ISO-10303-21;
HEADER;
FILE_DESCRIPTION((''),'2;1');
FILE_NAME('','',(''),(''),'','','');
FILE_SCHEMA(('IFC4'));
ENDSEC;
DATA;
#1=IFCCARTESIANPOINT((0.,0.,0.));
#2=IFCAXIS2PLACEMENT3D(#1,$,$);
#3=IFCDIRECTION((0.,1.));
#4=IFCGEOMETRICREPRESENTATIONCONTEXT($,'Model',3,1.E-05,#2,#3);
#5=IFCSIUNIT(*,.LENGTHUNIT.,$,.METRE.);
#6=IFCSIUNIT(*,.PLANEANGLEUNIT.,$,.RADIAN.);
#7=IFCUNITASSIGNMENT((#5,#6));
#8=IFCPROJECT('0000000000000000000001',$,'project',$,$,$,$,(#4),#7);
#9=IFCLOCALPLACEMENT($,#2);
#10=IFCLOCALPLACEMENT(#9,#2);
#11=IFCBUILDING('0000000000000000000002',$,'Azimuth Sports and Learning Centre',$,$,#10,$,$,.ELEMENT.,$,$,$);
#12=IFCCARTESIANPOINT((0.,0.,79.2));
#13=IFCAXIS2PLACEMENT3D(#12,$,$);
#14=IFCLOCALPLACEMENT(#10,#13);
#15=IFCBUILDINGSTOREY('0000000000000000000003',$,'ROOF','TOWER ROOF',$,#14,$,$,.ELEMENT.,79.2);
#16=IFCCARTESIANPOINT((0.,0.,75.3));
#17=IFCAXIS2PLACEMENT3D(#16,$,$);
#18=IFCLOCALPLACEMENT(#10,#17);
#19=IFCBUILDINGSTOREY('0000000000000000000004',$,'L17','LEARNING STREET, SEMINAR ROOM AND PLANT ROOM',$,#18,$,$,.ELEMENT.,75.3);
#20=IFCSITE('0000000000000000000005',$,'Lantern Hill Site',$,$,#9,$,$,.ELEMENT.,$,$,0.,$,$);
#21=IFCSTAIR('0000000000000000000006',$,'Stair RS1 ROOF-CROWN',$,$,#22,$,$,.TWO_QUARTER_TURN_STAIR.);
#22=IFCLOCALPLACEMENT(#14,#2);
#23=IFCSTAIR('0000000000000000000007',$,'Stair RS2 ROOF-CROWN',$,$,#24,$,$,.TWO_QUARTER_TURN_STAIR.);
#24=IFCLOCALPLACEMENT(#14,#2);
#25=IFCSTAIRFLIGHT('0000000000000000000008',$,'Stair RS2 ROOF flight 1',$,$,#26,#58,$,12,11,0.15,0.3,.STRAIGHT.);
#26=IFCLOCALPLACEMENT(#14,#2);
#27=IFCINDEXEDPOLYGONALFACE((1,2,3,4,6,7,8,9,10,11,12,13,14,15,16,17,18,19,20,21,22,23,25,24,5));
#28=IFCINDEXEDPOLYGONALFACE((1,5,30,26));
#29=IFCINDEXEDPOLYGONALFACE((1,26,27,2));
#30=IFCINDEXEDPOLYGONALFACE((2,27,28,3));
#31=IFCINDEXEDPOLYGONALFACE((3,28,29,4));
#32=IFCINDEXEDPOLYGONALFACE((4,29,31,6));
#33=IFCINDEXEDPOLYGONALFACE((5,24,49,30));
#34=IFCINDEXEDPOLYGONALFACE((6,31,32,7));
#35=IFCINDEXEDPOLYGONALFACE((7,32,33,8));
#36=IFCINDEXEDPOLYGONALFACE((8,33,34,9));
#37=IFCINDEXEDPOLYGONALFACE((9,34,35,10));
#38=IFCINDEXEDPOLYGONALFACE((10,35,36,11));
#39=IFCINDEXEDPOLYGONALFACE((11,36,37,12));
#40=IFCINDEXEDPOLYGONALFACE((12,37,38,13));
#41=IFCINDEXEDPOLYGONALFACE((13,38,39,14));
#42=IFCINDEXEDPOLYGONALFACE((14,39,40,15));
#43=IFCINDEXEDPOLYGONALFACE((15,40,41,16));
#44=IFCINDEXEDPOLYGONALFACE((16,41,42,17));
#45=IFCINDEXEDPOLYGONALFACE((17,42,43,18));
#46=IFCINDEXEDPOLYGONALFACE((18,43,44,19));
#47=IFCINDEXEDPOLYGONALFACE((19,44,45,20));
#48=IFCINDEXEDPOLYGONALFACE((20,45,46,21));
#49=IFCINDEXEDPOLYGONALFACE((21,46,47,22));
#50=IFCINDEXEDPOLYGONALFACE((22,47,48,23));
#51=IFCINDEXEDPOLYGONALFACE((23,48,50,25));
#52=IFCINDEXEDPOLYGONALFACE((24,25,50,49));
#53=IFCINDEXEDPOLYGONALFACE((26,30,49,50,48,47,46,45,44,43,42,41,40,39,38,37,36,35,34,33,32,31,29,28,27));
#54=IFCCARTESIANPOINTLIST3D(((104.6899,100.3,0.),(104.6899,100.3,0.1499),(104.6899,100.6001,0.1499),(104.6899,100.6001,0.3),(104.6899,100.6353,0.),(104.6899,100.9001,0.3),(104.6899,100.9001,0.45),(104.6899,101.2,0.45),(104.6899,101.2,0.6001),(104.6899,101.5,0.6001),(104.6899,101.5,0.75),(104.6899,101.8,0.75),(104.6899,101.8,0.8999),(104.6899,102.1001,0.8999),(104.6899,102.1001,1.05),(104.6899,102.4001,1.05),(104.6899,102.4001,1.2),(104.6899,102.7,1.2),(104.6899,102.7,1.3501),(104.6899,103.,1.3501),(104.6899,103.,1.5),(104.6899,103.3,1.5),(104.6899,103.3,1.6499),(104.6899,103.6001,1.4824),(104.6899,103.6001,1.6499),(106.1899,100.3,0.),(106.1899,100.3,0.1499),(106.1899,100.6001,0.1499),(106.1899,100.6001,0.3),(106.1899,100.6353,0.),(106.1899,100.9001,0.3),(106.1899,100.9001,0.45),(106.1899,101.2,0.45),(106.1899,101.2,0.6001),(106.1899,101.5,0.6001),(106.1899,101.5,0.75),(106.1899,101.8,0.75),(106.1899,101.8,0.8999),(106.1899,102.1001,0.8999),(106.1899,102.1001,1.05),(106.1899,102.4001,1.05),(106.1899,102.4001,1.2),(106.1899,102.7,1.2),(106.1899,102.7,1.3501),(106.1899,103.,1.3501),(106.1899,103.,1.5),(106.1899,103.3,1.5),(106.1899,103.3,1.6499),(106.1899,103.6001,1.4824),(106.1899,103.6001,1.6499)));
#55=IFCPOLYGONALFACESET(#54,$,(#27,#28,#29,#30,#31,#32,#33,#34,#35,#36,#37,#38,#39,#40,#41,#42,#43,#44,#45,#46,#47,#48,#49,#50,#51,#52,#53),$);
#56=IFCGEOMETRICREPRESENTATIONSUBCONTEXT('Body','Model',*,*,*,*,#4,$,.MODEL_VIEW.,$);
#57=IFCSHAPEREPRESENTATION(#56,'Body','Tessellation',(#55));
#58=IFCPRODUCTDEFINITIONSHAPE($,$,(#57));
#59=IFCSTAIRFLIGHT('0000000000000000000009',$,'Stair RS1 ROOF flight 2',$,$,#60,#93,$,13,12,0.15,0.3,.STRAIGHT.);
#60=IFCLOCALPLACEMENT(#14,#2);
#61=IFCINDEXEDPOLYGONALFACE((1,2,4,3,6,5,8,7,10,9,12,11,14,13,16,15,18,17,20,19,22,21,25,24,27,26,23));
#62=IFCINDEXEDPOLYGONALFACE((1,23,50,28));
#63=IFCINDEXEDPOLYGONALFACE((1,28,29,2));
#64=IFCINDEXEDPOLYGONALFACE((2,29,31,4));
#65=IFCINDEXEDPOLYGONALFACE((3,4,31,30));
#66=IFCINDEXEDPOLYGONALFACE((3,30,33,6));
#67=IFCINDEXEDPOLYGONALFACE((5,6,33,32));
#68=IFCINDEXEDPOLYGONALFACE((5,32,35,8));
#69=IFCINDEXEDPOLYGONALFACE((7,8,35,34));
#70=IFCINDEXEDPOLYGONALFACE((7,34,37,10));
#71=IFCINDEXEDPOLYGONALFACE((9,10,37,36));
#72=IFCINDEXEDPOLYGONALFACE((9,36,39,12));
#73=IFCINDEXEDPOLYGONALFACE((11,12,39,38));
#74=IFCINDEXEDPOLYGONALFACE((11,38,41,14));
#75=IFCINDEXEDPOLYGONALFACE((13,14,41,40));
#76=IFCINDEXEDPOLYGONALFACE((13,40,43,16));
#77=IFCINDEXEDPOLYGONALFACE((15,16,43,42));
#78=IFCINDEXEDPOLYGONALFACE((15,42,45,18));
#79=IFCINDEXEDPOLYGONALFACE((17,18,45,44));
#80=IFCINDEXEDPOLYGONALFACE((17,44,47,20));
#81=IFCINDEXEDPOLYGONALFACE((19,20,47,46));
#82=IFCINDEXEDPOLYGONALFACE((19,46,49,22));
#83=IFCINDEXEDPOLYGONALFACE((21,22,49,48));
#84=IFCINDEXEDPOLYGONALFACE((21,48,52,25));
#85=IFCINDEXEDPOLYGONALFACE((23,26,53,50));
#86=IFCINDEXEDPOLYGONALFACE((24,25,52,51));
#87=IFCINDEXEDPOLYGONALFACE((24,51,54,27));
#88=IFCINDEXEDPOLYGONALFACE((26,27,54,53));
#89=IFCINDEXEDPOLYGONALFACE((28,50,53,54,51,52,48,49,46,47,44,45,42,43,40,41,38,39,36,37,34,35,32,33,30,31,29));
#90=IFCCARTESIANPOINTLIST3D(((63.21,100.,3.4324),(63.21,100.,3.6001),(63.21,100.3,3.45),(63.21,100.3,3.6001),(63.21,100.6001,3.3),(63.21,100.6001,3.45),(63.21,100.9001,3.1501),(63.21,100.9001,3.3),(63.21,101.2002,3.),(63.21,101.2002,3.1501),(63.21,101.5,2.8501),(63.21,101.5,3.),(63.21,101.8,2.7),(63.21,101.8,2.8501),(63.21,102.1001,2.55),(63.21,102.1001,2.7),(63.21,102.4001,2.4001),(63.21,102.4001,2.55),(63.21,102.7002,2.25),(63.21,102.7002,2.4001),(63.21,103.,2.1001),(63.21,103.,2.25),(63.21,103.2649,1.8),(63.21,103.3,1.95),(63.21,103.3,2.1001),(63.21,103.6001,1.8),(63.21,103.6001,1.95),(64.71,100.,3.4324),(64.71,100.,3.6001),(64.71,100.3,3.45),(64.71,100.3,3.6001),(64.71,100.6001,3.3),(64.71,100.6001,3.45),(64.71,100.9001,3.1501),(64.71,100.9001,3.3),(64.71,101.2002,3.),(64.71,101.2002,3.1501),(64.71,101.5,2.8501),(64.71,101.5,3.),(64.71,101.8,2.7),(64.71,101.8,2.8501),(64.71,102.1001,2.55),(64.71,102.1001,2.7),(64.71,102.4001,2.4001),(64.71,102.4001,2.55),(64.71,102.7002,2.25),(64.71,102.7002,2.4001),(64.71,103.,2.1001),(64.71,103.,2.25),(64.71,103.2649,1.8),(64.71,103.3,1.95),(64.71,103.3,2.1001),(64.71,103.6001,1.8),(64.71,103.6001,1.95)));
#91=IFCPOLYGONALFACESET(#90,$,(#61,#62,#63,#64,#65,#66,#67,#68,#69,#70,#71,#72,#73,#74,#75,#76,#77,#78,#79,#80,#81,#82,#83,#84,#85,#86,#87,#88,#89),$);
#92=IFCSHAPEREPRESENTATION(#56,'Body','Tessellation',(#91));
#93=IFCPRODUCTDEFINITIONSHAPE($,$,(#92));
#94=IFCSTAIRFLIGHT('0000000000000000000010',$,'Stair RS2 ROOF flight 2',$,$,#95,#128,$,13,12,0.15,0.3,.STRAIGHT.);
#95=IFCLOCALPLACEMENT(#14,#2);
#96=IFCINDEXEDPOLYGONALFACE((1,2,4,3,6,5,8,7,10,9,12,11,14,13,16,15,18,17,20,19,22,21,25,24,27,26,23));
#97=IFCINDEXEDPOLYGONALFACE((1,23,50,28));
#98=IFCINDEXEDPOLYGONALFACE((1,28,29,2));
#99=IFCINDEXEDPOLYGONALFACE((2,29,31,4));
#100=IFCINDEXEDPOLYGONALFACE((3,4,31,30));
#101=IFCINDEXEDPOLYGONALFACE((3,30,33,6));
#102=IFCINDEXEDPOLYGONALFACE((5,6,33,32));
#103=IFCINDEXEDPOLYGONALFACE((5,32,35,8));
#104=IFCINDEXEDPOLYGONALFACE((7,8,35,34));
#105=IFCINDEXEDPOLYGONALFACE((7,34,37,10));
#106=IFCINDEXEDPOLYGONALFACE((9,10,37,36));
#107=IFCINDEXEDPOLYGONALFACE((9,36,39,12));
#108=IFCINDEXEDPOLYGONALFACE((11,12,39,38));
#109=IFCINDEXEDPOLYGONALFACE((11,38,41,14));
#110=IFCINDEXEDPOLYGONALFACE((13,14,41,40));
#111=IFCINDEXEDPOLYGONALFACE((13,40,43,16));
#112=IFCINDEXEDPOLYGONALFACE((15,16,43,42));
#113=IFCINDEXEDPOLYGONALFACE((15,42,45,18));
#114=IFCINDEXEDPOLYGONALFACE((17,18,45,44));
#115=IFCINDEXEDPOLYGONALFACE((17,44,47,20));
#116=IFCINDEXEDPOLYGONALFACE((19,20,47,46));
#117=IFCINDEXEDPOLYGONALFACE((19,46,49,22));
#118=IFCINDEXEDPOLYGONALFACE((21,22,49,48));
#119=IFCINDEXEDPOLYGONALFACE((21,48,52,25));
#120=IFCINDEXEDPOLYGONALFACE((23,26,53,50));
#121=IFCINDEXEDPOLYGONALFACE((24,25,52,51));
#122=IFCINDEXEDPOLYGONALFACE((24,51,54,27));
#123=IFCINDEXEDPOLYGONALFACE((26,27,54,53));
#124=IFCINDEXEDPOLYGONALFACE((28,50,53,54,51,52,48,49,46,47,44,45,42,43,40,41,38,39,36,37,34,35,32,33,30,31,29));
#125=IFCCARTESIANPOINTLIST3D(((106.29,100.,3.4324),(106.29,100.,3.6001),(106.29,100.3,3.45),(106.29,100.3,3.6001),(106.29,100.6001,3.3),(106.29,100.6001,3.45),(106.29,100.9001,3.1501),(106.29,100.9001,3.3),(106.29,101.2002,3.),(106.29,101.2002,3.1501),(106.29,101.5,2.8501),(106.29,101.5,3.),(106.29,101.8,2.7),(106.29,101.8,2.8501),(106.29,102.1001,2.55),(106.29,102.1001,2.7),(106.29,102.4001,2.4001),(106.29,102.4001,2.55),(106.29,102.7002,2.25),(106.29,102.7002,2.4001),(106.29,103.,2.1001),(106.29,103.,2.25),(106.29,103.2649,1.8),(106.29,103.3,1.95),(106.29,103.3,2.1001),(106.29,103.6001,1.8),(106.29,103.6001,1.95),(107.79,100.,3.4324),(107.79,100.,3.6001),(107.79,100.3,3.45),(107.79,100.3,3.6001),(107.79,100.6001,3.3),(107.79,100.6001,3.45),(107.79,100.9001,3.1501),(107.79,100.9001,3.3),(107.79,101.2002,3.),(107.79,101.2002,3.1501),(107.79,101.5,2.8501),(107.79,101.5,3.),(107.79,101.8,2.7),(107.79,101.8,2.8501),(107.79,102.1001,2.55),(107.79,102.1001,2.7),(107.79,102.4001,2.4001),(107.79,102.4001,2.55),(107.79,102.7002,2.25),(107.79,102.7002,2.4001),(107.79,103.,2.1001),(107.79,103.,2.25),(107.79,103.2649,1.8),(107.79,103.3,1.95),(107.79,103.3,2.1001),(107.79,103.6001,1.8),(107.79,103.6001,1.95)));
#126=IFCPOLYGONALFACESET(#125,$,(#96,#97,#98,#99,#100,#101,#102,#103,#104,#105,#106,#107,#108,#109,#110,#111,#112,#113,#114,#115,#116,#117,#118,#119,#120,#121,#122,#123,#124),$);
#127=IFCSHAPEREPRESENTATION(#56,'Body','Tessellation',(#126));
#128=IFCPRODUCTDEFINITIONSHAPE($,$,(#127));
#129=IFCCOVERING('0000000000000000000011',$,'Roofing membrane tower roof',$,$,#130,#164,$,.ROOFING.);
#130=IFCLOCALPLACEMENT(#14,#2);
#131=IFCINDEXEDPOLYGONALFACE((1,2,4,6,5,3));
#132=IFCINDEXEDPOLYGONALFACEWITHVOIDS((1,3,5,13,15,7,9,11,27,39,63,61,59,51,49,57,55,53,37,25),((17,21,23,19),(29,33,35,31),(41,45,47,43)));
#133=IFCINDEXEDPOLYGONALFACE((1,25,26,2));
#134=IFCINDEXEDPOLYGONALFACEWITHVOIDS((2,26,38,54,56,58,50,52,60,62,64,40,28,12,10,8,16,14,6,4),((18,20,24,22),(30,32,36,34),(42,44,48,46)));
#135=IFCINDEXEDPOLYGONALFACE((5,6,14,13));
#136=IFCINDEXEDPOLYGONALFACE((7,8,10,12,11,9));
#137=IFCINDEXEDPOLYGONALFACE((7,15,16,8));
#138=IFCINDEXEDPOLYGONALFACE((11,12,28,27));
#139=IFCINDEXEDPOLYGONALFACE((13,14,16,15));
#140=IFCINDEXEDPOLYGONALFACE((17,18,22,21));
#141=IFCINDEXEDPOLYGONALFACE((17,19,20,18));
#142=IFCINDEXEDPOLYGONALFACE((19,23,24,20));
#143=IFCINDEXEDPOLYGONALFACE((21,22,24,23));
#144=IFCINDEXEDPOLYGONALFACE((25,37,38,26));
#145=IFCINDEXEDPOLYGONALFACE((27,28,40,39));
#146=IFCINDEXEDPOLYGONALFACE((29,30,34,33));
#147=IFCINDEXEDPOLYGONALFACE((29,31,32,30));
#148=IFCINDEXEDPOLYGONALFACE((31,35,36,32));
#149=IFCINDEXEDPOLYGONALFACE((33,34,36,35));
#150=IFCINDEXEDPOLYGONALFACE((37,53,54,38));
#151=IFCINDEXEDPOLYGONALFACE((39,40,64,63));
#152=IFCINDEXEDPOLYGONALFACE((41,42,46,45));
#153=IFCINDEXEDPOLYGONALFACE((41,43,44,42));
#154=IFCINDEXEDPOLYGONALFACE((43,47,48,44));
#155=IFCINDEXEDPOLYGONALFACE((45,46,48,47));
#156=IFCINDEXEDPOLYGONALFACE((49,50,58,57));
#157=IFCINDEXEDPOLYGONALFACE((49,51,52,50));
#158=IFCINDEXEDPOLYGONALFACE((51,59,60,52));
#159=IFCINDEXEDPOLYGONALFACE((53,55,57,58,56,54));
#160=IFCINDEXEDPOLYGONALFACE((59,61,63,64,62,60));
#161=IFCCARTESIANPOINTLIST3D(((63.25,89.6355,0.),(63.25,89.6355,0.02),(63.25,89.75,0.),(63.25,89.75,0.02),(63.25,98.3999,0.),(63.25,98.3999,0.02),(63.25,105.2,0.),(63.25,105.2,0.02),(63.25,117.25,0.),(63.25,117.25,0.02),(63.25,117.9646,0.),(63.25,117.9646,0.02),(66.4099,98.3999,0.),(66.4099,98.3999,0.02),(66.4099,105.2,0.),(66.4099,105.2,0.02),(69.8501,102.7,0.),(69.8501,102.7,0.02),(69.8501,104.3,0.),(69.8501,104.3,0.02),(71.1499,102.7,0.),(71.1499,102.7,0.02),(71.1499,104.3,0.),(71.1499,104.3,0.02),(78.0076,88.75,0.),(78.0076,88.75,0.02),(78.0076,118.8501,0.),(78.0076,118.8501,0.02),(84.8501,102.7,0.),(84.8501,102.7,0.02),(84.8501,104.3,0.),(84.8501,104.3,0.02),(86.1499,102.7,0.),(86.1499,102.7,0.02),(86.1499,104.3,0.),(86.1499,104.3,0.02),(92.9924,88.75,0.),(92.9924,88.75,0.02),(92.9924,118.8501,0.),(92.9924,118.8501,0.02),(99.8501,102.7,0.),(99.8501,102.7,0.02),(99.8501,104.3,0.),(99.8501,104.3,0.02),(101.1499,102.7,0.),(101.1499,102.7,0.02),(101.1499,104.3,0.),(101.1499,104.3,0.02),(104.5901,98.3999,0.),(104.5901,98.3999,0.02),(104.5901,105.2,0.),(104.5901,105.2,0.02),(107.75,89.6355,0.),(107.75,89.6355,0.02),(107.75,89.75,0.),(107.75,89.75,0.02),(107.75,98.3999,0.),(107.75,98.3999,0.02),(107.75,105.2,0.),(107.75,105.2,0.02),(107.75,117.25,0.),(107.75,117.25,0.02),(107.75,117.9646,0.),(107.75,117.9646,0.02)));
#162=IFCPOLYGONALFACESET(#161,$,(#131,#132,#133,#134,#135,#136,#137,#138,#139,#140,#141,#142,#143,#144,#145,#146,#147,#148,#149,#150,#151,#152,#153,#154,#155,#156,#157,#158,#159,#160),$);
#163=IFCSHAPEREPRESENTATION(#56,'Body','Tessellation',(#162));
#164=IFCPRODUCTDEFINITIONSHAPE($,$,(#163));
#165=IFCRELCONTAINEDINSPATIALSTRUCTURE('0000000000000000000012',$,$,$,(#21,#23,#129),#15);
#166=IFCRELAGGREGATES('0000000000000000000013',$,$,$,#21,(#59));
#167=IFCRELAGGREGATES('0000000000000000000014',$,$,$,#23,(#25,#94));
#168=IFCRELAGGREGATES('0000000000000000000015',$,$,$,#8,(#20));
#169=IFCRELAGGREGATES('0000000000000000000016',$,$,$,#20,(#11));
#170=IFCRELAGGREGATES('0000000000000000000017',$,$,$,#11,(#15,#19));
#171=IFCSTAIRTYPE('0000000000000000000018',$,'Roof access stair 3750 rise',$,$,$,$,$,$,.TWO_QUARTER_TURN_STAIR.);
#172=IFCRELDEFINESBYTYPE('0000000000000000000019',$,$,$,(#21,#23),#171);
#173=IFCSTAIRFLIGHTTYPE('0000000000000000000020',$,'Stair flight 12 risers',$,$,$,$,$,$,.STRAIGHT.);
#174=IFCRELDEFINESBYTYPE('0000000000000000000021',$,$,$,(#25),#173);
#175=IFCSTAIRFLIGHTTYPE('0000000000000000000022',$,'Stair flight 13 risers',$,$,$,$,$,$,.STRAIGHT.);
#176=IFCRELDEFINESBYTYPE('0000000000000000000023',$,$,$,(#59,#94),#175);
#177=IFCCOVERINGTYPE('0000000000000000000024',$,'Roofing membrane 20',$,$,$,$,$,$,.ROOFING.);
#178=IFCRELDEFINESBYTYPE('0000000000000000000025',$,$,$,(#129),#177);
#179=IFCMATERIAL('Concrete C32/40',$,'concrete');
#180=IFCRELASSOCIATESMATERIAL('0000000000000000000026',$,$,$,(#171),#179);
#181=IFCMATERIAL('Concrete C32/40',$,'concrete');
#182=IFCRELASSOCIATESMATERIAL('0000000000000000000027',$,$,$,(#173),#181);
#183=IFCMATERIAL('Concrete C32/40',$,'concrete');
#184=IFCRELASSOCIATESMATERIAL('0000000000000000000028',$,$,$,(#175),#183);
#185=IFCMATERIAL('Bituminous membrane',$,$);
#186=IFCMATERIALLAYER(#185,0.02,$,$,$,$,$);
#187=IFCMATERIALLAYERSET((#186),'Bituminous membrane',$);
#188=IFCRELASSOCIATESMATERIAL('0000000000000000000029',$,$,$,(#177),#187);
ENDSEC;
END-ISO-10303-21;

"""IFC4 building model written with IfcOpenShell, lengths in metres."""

from ifc_helpers import new_model, si_unit, direction, frame, origin, place, context, subcontext, project, spatial, polyline, outline, extrude, material, layer, layer_set, type_object, element, aggregate, save


model = new_model("IFC4")

# Units and contexts
model_context = context("Model", 3, precision=1e-05, world=origin(), true_north=direction((0.0, 1.0)))
body_context = subcontext(model_context, "Body", "Model", "MODEL_VIEW")
ifc_project = project(units=[si_unit("LENGTHUNIT", "METRE"), si_unit("PLANEANGLEUNIT", "RADIAN")], contexts=[model_context])

# Site, building, storey
site_placement = place(None, origin())
site = spatial("IfcSite", under=ifc_project, at=site_placement, Name="Lantern Hill Site", CompositionType="ELEMENT", RefElevation=0.0)
building_placement = place(site_placement, origin())
building = spatial("IfcBuilding", under=site, at=building_placement, Name="Azimuth Sports and Learning Centre", CompositionType="ELEMENT")
storey_1_placement = place(building_placement, frame((0.0, 0.0, 79.2)))
storey_1 = spatial("IfcBuildingStorey", under=building, at=storey_1_placement, Name="ROOF", Description="TOWER ROOF", CompositionType="ELEMENT", Elevation=79.2)

# Stairs
ifc_material_1 = material(Name="Concrete C32/40", Category="concrete")
stair_type = type_object("IfcStairType", Name="Roof access stair 3750 rise", PredefinedType="TWO_QUARTER_TURN_STAIR", material=ifc_material_1)
stair_1_placement = place(storey_1_placement, origin())
stair_1 = element("IfcStair", 1, at=stair_1_placement, inside=storey_1, type_object=stair_type, Name="Stair RS1 ROOF-CROWN", PredefinedType="TWO_QUARTER_TURN_STAIR")
stair_2_placement = place(storey_1_placement, origin())
stair_2 = element("IfcStair", 2, at=stair_2_placement, inside=storey_1, type_object=stair_type, Name="Stair RS2 ROOF-CROWN", PredefinedType="TWO_QUARTER_TURN_STAIR")

# Shared definitions
storey_2_placement = place(building_placement, frame((0.0, 0.0, 75.3)))
storey_2 = spatial("IfcBuildingStorey", under=building, at=storey_2_placement, Name="L17", Description="LEARNING STREET, SEMINAR ROOM AND PLANT ROOM", CompositionType="ELEMENT", Elevation=75.3)

# Stair flights
ifc_material_2 = material(Name="Concrete C32/40", Category="concrete")
stair_flight_type_1 = type_object("IfcStairFlightType", Name="Stair flight 12 risers", PredefinedType="STRAIGHT", material=ifc_material_2)
stair_flight_1_placement = place(storey_1_placement, frame((105.4399, 100.3, 0.0), z_axis=(0.0, 0.0, 1.0), x_axis=(0.0, 1.0, 0.0)))
stair_flight_1 = element("IfcStairFlight", 3, at=stair_flight_1_placement, type_object=stair_flight_type_1, Name="Stair RS2 ROOF flight 1", NumberOfRisers=12, NumberOfTreads=11, PredefinedType="STRAIGHT", RiserHeight=0.15, TreadLength=0.3, context=body_context, shape_type="SweptSolid", body=[
    extrude(outline(polyline([(0.0, 0.0), (0.0, 0.1499), (0.3, 0.1499), (0.3, 0.3), (0.6001, 0.3), (0.6001, 0.45), (0.8999, 0.45), (0.8999, 0.6001), (1.2, 0.6001), (1.2, 0.75), (1.5, 0.75), (1.5, 0.8999), (1.8, 0.8999), (1.8, 1.05), (2.1001, 1.05), (2.1001, 1.2), (2.3999, 1.2), (2.3999, 1.3501), (2.7, 1.3501), (2.7, 1.5), (3.0, 1.5), (3.0, 1.6499), (3.3, 1.6499), (3.3, 1.8), (3.3, 1.4824), (0.3352, 0.0), (0.0, 0.0)])), frame((0.0, 0.75, 0.0), z_axis=(0.0, -1.0, 0.0), x_axis=(1.0, 0.0, 0.0)), (0.0, 0.0, 1.0), 1.5),
])
ifc_material_3 = material(Name="Concrete C32/40", Category="concrete")
stair_flight_type_2 = type_object("IfcStairFlightType", Name="Stair flight 13 risers", PredefinedType="STRAIGHT", material=ifc_material_3)
stair_flight_2_placement = place(storey_1_placement, frame((63.96, 103.6001, 1.8), z_axis=(0.0, 0.0, 1.0), x_axis=(0.0, -1.0, 0.0)))
stair_flight_2 = element("IfcStairFlight", 4, at=stair_flight_2_placement, type_object=stair_flight_type_2, Name="Stair RS1 ROOF flight 2", NumberOfRisers=13, NumberOfTreads=12, PredefinedType="STRAIGHT", RiserHeight=0.15, TreadLength=0.3, context=body_context, shape_type="SweptSolid", body=[
    extrude(outline(polyline([(0.0, 0.0), (0.0, 0.1499), (0.3, 0.1499), (0.3, 0.3), (0.6001, 0.3), (0.6001, 0.45), (0.8999, 0.45), (0.8999, 0.6001), (1.2, 0.6001), (1.2, 0.75), (1.5, 0.75), (1.5, 0.8999), (1.8, 0.8999), (1.8, 1.05), (2.1001, 1.05), (2.1001, 1.2), (2.3999, 1.2), (2.3999, 1.3501), (2.7, 1.3501), (2.7, 1.5), (3.0, 1.5), (3.0, 1.6499), (3.3, 1.6499), (3.3, 1.8), (3.6001, 1.8), (3.6001, 1.95), (3.6001, 1.6323), (0.3352, 0.0), (0.0, 0.0)])), frame((0.0, 0.75, 0.0), z_axis=(0.0, -1.0, 0.0), x_axis=(1.0, 0.0, 0.0)), (0.0, 0.0, 1.0), 1.5),
])
aggregate(stair_1, [stair_flight_2])
stair_flight_3_placement = place(storey_1_placement, frame((107.04, 103.6001, 1.8), z_axis=(0.0, 0.0, 1.0), x_axis=(0.0, -1.0, 0.0)))
stair_flight_3 = element("IfcStairFlight", 5, at=stair_flight_3_placement, type_object=stair_flight_type_2, Name="Stair RS2 ROOF flight 2", NumberOfRisers=13, NumberOfTreads=12, PredefinedType="STRAIGHT", RiserHeight=0.15, TreadLength=0.3, context=body_context, shape_type="SweptSolid", body=[
    extrude(outline(polyline([(0.0, 0.0), (0.0, 0.1499), (0.3, 0.1499), (0.3, 0.3), (0.6001, 0.3), (0.6001, 0.45), (0.8999, 0.45), (0.8999, 0.6001), (1.2, 0.6001), (1.2, 0.75), (1.5, 0.75), (1.5, 0.8999), (1.8, 0.8999), (1.8, 1.05), (2.1001, 1.05), (2.1001, 1.2), (2.3999, 1.2), (2.3999, 1.3501), (2.7, 1.3501), (2.7, 1.5), (3.0, 1.5), (3.0, 1.6499), (3.3, 1.6499), (3.3, 1.8), (3.6001, 1.8), (3.6001, 1.95), (3.6001, 1.6323), (0.3352, 0.0), (0.0, 0.0)])), frame((0.0, 0.75, 0.0), z_axis=(0.0, -1.0, 0.0), x_axis=(1.0, 0.0, 0.0)), (0.0, 0.0, 1.0), 1.5),
])
aggregate(stair_2, [stair_flight_1, stair_flight_3])

# Covering
ifc_material_4 = material(Name="Bituminous membrane")
ifc_layer_1 = layer(ifc_material_4, 0.02)
ifc_layer_set_1 = layer_set([ifc_layer_1], Name="Bituminous membrane")
covering_type = type_object("IfcCoveringType", Name="Roofing membrane 20", PredefinedType="ROOFING", material=ifc_layer_set_1)
covering_placement = place(storey_1_placement, origin())
element("IfcCovering", 6, at=covering_placement, inside=storey_1, type_object=covering_type, Name="Roofing membrane tower roof", PredefinedType="ROOFING", context=body_context, shape_type="SweptSolid", body=[
    extrude(outline(polyline([(66.4099, 98.3999), (66.4099, 105.2), (63.25, 105.2), (63.25, 117.25), (63.25, 117.9646), (78.0076, 118.8501), (92.9924, 118.8501), (107.75, 117.9646), (107.75, 117.25), (107.75, 105.2), (104.5901, 105.2), (104.5901, 98.3999), (107.75, 98.3999), (107.75, 89.75), (107.75, 89.6355), (92.9924, 88.75), (78.0076, 88.75), (63.25, 89.6355), (63.25, 89.75), (63.25, 98.3999), (66.4099, 98.3999)]), holes=[polyline([(69.8501, 102.7), (71.1499, 102.7), (71.1499, 104.3), (69.8501, 104.3), (69.8501, 102.7)]), polyline([(84.8501, 102.7), (86.1499, 102.7), (86.1499, 104.3), (84.8501, 104.3), (84.8501, 102.7)]), polyline([(99.8501, 102.7), (101.1499, 102.7), (101.1499, 104.3), (99.8501, 104.3), (99.8501, 102.7)])]), origin(), (0.0, 0.0, 1.0), 0.02),
])

save(model, "model.ifc")
